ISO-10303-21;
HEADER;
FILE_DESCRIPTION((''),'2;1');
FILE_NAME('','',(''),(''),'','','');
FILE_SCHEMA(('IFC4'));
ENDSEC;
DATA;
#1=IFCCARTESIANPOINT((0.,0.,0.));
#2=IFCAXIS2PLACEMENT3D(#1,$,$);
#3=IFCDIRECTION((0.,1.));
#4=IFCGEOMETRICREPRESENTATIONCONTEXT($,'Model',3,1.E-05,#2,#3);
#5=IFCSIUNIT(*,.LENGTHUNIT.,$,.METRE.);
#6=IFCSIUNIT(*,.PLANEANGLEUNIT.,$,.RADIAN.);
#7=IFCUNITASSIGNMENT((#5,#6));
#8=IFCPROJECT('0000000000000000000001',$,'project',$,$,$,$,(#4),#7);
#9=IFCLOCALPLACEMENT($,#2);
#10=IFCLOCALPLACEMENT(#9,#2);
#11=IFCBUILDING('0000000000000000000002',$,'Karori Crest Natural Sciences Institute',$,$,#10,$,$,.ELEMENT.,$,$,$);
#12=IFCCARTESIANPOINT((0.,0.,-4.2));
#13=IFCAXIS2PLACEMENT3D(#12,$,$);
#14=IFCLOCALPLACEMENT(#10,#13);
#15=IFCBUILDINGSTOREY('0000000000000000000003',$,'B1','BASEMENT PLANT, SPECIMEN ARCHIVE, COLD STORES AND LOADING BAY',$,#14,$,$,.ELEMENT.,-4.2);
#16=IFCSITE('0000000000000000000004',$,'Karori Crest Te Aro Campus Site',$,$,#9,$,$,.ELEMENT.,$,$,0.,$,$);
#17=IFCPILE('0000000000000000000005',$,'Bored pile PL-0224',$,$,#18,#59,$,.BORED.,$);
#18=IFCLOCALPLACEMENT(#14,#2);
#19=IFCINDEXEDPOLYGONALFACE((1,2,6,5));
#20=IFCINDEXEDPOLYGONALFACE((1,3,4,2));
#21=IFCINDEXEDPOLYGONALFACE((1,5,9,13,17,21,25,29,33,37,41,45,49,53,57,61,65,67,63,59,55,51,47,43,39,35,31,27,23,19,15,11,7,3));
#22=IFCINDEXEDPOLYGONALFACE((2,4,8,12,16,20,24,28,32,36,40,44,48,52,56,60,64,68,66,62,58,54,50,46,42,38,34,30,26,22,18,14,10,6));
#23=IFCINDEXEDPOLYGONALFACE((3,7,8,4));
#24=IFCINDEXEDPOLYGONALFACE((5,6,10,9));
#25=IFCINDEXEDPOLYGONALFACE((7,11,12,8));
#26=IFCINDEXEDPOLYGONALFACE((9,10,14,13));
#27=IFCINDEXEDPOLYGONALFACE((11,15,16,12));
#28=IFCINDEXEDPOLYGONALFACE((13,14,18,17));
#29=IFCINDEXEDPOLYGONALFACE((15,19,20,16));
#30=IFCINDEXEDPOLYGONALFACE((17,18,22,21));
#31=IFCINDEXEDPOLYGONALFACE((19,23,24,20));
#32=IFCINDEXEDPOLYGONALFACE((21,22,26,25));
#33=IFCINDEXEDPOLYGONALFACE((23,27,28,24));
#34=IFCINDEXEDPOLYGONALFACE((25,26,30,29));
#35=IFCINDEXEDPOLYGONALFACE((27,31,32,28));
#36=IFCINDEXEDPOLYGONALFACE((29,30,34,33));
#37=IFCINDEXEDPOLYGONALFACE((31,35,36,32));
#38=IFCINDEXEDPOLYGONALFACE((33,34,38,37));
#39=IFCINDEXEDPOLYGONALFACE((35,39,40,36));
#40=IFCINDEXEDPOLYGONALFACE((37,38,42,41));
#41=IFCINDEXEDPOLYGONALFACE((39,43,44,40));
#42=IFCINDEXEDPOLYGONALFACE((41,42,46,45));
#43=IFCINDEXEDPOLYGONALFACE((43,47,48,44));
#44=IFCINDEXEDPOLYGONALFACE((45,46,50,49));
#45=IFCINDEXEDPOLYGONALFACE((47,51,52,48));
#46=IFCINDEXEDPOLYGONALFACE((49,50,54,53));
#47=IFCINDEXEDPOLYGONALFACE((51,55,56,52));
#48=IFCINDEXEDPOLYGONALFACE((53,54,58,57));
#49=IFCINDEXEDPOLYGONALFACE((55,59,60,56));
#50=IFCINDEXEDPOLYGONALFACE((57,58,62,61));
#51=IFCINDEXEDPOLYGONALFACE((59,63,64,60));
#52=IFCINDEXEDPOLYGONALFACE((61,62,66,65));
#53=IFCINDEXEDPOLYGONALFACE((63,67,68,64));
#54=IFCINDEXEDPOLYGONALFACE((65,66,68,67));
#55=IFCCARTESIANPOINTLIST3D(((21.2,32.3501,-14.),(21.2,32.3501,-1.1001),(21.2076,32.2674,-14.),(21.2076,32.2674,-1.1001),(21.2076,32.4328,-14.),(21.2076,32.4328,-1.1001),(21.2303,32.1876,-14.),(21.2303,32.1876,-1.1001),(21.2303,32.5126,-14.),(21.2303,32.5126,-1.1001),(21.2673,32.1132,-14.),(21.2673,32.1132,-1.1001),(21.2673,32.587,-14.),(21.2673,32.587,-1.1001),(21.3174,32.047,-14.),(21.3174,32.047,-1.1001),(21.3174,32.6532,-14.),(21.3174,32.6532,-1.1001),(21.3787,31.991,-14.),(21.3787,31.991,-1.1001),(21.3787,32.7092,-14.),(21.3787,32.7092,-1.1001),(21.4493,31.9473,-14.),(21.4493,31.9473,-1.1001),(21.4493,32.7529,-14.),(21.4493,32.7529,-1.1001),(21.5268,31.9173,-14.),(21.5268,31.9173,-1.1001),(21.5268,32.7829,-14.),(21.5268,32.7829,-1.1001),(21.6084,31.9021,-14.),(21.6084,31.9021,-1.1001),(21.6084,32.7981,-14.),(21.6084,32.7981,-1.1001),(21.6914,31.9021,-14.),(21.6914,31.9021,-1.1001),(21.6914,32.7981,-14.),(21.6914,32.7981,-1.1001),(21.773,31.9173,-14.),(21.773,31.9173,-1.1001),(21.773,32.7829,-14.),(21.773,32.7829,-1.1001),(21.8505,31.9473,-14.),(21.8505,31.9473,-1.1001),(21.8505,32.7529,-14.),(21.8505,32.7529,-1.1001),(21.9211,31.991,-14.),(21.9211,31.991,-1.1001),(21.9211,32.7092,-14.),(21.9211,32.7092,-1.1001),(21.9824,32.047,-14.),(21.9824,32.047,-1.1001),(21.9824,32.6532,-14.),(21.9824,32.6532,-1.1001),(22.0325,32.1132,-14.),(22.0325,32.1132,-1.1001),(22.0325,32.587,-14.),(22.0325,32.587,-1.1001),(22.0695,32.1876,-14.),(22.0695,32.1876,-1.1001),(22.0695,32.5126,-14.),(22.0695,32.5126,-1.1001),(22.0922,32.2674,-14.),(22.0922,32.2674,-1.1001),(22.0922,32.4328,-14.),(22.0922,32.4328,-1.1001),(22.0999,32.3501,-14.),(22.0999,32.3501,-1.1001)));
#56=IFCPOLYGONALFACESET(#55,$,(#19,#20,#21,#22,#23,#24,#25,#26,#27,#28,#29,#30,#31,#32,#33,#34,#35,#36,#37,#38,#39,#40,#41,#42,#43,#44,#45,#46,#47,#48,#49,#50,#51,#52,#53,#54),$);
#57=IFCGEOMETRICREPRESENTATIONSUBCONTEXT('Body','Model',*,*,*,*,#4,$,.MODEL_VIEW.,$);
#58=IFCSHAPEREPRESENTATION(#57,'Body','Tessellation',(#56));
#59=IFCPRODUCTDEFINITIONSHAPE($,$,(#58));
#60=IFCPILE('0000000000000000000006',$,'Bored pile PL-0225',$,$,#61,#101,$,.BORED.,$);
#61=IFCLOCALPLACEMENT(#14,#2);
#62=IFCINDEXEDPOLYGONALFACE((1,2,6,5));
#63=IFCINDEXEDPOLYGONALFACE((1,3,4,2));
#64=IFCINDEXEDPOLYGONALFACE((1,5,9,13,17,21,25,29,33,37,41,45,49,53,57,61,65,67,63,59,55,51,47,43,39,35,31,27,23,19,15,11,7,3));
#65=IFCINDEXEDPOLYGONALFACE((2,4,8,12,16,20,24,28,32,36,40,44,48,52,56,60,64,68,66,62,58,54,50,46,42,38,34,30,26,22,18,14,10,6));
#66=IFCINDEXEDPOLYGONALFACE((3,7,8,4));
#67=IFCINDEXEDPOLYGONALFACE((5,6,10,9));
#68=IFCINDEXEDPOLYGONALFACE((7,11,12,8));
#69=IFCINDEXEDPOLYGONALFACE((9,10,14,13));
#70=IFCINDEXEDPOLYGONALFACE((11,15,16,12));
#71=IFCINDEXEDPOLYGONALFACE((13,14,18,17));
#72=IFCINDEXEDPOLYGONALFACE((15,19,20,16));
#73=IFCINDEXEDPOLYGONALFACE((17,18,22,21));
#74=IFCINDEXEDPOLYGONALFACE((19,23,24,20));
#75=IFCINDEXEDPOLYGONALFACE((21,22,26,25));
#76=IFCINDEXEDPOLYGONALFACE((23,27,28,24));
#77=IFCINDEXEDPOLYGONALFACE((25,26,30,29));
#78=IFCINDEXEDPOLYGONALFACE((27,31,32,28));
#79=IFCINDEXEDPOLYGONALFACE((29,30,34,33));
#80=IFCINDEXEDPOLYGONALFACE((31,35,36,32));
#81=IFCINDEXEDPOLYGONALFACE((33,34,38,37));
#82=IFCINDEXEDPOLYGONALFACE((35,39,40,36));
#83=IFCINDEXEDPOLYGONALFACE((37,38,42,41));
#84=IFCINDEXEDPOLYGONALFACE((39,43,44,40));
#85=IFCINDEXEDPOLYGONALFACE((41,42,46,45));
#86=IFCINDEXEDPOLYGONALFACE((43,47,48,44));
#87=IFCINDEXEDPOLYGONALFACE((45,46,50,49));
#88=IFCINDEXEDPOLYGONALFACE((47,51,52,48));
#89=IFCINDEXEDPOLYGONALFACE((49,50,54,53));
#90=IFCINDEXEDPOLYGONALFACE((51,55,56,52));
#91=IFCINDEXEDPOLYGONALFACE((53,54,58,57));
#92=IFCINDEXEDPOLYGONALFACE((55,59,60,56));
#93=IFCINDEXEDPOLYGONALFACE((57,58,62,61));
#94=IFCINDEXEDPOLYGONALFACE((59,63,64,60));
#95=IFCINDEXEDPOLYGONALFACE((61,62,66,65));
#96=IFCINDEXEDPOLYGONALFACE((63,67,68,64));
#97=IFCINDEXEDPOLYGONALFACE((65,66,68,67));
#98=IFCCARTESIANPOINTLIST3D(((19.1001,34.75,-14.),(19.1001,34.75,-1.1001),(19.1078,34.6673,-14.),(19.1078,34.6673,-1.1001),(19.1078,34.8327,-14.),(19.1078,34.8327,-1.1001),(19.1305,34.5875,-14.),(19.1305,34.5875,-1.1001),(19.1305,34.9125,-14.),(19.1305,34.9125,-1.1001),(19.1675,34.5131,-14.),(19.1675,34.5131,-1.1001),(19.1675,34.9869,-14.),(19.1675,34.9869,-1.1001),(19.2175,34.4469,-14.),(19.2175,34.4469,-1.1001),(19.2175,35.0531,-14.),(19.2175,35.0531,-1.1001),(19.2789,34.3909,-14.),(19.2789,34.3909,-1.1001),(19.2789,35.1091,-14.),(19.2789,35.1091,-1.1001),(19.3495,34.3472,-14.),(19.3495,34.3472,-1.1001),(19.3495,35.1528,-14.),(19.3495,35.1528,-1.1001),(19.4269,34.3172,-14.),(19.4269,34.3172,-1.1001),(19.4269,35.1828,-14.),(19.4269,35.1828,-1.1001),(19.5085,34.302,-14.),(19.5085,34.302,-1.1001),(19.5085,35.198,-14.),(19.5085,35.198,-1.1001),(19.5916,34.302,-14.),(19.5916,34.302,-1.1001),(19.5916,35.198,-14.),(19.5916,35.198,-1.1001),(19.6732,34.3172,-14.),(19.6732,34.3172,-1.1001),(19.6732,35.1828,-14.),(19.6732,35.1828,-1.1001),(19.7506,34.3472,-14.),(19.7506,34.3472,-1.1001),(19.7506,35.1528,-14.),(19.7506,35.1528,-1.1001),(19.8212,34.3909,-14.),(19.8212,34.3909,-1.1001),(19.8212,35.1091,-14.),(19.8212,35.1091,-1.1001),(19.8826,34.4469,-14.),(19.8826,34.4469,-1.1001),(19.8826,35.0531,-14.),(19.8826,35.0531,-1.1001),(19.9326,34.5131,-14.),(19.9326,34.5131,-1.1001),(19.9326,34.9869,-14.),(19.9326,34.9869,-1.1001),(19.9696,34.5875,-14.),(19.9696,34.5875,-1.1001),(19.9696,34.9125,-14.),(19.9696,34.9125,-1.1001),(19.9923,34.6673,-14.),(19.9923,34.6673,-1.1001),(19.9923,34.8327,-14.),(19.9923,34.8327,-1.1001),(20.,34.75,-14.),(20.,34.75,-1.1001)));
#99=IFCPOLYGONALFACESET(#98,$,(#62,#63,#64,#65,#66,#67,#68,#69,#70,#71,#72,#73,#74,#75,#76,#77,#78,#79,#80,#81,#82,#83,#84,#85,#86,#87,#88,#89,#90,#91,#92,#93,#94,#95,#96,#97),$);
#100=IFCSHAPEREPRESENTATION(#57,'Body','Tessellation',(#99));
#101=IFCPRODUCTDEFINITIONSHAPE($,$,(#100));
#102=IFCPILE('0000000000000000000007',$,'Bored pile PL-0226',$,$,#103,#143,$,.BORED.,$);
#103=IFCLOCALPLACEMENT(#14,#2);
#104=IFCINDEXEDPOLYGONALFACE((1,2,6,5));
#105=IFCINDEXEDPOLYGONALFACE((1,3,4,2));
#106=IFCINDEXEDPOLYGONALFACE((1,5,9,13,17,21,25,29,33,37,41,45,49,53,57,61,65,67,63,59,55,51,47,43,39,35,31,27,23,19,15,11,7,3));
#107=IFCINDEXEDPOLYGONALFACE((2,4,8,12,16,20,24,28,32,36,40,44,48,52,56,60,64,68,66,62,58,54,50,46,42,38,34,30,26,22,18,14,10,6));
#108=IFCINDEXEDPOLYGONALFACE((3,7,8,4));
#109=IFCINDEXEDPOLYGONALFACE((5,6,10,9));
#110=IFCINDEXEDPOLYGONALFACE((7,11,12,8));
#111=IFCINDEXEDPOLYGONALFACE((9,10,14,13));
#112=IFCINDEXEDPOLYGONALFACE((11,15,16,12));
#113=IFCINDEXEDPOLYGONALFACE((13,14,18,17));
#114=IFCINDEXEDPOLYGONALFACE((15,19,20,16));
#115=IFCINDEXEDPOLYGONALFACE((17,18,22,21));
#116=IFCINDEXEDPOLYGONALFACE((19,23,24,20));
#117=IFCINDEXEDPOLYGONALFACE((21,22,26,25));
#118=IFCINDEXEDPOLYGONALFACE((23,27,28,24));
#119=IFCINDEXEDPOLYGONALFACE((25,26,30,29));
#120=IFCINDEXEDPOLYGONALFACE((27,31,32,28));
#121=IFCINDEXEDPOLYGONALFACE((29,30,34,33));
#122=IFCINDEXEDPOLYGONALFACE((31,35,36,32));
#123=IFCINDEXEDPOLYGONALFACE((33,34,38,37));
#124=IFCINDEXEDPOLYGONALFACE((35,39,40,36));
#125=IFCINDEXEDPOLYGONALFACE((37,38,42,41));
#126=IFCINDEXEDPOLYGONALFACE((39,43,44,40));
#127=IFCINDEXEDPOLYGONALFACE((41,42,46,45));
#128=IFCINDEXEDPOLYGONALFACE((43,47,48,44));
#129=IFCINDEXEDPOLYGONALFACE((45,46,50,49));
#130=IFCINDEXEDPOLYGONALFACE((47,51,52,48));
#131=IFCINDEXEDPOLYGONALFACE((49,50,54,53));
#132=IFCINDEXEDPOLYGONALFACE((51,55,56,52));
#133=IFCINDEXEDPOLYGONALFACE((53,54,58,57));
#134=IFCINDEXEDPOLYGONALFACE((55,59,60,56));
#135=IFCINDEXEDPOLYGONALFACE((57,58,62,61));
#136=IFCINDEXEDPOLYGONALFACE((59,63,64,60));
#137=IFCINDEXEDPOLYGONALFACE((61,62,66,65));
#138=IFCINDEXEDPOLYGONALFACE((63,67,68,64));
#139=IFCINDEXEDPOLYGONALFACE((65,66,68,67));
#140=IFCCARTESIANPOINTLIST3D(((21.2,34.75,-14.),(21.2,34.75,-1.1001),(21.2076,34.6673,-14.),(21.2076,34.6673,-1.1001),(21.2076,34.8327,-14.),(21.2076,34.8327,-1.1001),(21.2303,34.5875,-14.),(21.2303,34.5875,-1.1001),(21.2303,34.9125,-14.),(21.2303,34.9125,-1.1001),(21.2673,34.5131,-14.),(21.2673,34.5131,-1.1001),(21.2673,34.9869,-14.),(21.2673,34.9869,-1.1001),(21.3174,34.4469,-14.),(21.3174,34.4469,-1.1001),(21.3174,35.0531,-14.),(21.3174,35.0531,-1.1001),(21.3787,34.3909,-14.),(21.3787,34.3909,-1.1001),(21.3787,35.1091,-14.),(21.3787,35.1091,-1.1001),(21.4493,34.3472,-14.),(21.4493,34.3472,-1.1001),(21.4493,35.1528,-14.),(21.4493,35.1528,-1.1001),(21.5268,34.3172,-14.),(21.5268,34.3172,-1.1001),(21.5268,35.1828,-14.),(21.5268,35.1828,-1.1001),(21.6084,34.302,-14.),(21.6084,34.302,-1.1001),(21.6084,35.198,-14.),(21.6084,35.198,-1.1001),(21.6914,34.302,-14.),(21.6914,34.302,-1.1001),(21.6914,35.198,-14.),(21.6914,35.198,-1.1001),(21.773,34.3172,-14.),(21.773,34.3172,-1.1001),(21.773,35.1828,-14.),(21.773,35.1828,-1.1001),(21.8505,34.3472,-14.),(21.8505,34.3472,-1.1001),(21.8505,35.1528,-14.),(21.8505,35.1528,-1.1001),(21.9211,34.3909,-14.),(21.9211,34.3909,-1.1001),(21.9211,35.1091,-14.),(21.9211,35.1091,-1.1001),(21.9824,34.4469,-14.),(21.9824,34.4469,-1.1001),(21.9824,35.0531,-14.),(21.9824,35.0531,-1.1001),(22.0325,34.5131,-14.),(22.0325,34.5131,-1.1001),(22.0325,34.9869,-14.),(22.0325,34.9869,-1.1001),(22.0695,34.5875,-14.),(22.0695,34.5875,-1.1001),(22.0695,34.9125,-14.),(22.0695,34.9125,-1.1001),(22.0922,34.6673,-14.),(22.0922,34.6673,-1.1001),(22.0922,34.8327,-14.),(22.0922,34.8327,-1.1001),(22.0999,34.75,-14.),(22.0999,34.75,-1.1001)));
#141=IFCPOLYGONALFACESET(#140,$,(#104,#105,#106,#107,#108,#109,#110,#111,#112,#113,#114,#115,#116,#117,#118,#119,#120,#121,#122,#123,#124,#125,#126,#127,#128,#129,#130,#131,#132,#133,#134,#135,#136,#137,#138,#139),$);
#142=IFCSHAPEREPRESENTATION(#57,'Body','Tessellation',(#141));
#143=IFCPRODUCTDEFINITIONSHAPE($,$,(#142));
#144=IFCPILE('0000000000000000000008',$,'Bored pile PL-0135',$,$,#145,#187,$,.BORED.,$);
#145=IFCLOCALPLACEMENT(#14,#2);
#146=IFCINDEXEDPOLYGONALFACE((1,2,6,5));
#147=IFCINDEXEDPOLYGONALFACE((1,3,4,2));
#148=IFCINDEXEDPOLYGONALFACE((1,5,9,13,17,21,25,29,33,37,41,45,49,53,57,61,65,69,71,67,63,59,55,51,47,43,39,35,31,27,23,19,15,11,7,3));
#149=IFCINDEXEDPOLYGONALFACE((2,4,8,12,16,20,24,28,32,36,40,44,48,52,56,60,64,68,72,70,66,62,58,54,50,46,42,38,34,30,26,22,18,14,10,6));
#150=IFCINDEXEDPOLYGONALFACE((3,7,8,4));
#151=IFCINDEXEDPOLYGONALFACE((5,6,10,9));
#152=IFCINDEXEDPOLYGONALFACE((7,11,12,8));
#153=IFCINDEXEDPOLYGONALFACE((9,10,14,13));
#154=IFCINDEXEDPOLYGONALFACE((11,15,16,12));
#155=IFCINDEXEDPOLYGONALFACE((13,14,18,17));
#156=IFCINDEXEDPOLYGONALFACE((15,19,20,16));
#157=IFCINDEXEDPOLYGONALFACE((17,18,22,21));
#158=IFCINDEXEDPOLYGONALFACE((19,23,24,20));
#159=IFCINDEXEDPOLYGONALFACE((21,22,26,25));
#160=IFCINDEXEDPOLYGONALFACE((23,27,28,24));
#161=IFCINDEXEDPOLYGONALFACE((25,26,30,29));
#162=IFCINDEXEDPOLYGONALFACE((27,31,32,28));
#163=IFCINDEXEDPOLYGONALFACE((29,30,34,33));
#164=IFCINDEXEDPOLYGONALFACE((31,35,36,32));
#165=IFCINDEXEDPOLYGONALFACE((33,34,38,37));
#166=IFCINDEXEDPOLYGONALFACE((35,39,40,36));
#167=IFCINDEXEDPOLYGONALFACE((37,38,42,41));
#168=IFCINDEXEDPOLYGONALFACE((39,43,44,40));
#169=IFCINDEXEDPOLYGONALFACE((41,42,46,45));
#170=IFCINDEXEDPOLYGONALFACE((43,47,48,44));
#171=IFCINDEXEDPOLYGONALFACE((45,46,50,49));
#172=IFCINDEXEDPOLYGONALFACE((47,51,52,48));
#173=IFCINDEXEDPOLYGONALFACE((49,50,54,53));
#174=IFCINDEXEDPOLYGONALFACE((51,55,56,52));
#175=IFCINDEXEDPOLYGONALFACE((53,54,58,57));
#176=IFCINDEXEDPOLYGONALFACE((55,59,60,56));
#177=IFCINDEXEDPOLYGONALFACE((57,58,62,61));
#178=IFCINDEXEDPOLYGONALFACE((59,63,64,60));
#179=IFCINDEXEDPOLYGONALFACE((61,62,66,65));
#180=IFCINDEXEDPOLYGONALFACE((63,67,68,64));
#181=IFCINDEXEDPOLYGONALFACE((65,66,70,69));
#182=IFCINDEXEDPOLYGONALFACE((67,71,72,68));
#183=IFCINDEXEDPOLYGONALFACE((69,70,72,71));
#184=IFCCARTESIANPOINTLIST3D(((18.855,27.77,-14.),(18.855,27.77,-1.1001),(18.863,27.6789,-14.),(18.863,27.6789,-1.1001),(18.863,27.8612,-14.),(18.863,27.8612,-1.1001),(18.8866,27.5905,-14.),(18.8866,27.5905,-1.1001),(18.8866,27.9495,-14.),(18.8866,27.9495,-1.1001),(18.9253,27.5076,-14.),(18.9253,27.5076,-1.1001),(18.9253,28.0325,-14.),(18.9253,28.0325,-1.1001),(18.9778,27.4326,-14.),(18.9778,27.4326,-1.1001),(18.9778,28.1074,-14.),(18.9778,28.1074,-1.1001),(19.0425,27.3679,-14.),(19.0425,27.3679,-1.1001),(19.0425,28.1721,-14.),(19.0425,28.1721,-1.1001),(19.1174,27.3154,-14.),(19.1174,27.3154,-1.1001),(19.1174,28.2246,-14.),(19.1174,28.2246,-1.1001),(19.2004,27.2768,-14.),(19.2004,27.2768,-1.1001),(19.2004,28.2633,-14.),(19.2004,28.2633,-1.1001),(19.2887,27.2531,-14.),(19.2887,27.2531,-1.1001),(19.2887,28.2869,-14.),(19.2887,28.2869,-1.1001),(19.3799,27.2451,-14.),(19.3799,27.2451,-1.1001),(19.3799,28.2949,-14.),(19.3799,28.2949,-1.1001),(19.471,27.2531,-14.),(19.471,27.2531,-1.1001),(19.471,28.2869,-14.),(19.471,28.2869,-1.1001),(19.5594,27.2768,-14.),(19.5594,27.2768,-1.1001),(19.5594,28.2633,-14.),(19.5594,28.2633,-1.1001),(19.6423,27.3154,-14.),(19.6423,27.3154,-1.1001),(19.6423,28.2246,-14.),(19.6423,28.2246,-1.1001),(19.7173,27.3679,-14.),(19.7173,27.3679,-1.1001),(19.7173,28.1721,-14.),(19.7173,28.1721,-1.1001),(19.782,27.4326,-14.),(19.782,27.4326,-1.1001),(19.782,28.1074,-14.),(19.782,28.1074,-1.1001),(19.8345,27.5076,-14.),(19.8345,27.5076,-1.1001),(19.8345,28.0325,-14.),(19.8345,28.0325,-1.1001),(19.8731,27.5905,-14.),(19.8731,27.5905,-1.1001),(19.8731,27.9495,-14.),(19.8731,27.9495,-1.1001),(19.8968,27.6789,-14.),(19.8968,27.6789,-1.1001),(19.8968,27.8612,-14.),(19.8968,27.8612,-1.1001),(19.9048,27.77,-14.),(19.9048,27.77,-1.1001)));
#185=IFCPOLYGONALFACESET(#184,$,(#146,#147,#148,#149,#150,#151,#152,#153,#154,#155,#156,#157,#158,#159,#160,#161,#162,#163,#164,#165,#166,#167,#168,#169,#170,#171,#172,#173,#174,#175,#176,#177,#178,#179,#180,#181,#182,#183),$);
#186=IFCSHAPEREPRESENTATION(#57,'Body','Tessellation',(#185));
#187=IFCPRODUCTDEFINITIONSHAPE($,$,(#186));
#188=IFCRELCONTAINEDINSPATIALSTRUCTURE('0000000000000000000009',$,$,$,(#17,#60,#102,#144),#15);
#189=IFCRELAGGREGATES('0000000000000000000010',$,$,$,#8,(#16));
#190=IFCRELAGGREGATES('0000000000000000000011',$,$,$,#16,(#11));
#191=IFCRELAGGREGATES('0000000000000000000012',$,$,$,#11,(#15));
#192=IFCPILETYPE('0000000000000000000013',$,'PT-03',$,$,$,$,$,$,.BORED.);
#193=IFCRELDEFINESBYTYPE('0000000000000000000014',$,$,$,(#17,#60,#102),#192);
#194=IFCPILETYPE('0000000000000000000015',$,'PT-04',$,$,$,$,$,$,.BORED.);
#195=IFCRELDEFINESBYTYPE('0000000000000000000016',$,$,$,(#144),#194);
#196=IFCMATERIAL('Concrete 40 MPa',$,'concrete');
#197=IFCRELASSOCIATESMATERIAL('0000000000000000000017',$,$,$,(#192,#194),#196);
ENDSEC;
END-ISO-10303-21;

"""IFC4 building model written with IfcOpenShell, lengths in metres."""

from ifc_helpers import new_model, si_unit, direction, frame, origin, origin_2d, place, context, subcontext, project, spatial, circle, extrude, material, material_profile, profile_set, type_object, element, save


model = new_model("IFC4")

# Units and contexts
model_context = context("Model", 3, precision=1e-05, world=origin(), true_north=direction((0.0, 1.0)))
body_context = subcontext(model_context, "Body", "Model", "MODEL_VIEW")
ifc_project = project(units=[si_unit("LENGTHUNIT", "METRE"), si_unit("PLANEANGLEUNIT", "RADIAN")], contexts=[model_context])

# Site, building, storey
site_placement = place(None, origin())
site = spatial("IfcSite", under=ifc_project, at=site_placement, Name="Karori Crest Te Aro Campus Site", CompositionType="ELEMENT", RefElevation=0.0)
building_placement = place(site_placement, origin())
building = spatial("IfcBuilding", under=site, at=building_placement, Name="Karori Crest Natural Sciences Institute", CompositionType="ELEMENT")
storey_placement = place(building_placement, frame((0.0, 0.0, -4.2)))
storey = spatial("IfcBuildingStorey", under=building, at=storey_placement, Name="B1", Description="BASEMENT PLANT, SPECIMEN ARCHIVE, COLD STORES AND LOADING BAY", CompositionType="ELEMENT", Elevation=-4.2)

# Shared definitions
ifc_material_1 = material(Name="Concrete 40 MPa", Category="concrete")

# Piles
ifc_material_profile_1 = material_profile(ifc_material_1, circle(Radius=0.45, at=origin_2d()), Name="PILE900")
ifc_profile_set_1 = profile_set([ifc_material_profile_1], Name="Concrete 40 MPa")
pile_type_1 = type_object("IfcPileType", Name="PT-03", PredefinedType="BORED", material=ifc_profile_set_1)
for number, where, z_axis, x_axis, name in (
    (1, (21.6499, 32.3501, -1.1001), (0.0, 0.0, -1.0), (1.0, 0.0, 0.0), "Bored pile PL-0224"),
    (2, (19.55, 34.75, -1.1001), (0.0, 0.0, -1.0), (1.0, 0.0, 0.0), "Bored pile PL-0225"),
    (3, (21.6499, 34.75, -1.1001), (0.0, 0.0, -1.0), (1.0, 0.0, 0.0), "Bored pile PL-0226"),
):
    element("IfcPile", number, at=place(storey_placement, frame(where, z_axis=z_axis, x_axis=x_axis)), inside=storey, type_object=pile_type_1, Name=name, PredefinedType="BORED", context=body_context, shape_type="SweptSolid", body=[
        extrude(circle(Radius=0.45, at=origin_2d()), origin(), (0.0, 0.0, 1.0), 12.8999),
    ])
ifc_material_profile_2 = material_profile(ifc_material_1, circle(Radius=0.5249, at=origin_2d()), Name="PILE1050")
ifc_profile_set_2 = profile_set([ifc_material_profile_2], Name="Concrete 40 MPa")
pile_type_2 = type_object("IfcPileType", Name="PT-04", PredefinedType="BORED", material=ifc_profile_set_2)
for number, where, z_axis, x_axis, name in (
    (4, (19.3799, 27.77, -1.1001), (0.0, 0.0, -1.0), (1.0, 0.0, 0.0), "Bored pile PL-0135"),
):
    element("IfcPile", number, at=place(storey_placement, frame(where, z_axis=z_axis, x_axis=x_axis)), inside=storey, type_object=pile_type_2, Name=name, PredefinedType="BORED", context=body_context, shape_type="SweptSolid", body=[
        extrude(circle(Radius=0.5249, at=origin_2d()), origin(), (0.0, 0.0, 1.0), 12.8999),
    ])

save(model, "model.ifc")
